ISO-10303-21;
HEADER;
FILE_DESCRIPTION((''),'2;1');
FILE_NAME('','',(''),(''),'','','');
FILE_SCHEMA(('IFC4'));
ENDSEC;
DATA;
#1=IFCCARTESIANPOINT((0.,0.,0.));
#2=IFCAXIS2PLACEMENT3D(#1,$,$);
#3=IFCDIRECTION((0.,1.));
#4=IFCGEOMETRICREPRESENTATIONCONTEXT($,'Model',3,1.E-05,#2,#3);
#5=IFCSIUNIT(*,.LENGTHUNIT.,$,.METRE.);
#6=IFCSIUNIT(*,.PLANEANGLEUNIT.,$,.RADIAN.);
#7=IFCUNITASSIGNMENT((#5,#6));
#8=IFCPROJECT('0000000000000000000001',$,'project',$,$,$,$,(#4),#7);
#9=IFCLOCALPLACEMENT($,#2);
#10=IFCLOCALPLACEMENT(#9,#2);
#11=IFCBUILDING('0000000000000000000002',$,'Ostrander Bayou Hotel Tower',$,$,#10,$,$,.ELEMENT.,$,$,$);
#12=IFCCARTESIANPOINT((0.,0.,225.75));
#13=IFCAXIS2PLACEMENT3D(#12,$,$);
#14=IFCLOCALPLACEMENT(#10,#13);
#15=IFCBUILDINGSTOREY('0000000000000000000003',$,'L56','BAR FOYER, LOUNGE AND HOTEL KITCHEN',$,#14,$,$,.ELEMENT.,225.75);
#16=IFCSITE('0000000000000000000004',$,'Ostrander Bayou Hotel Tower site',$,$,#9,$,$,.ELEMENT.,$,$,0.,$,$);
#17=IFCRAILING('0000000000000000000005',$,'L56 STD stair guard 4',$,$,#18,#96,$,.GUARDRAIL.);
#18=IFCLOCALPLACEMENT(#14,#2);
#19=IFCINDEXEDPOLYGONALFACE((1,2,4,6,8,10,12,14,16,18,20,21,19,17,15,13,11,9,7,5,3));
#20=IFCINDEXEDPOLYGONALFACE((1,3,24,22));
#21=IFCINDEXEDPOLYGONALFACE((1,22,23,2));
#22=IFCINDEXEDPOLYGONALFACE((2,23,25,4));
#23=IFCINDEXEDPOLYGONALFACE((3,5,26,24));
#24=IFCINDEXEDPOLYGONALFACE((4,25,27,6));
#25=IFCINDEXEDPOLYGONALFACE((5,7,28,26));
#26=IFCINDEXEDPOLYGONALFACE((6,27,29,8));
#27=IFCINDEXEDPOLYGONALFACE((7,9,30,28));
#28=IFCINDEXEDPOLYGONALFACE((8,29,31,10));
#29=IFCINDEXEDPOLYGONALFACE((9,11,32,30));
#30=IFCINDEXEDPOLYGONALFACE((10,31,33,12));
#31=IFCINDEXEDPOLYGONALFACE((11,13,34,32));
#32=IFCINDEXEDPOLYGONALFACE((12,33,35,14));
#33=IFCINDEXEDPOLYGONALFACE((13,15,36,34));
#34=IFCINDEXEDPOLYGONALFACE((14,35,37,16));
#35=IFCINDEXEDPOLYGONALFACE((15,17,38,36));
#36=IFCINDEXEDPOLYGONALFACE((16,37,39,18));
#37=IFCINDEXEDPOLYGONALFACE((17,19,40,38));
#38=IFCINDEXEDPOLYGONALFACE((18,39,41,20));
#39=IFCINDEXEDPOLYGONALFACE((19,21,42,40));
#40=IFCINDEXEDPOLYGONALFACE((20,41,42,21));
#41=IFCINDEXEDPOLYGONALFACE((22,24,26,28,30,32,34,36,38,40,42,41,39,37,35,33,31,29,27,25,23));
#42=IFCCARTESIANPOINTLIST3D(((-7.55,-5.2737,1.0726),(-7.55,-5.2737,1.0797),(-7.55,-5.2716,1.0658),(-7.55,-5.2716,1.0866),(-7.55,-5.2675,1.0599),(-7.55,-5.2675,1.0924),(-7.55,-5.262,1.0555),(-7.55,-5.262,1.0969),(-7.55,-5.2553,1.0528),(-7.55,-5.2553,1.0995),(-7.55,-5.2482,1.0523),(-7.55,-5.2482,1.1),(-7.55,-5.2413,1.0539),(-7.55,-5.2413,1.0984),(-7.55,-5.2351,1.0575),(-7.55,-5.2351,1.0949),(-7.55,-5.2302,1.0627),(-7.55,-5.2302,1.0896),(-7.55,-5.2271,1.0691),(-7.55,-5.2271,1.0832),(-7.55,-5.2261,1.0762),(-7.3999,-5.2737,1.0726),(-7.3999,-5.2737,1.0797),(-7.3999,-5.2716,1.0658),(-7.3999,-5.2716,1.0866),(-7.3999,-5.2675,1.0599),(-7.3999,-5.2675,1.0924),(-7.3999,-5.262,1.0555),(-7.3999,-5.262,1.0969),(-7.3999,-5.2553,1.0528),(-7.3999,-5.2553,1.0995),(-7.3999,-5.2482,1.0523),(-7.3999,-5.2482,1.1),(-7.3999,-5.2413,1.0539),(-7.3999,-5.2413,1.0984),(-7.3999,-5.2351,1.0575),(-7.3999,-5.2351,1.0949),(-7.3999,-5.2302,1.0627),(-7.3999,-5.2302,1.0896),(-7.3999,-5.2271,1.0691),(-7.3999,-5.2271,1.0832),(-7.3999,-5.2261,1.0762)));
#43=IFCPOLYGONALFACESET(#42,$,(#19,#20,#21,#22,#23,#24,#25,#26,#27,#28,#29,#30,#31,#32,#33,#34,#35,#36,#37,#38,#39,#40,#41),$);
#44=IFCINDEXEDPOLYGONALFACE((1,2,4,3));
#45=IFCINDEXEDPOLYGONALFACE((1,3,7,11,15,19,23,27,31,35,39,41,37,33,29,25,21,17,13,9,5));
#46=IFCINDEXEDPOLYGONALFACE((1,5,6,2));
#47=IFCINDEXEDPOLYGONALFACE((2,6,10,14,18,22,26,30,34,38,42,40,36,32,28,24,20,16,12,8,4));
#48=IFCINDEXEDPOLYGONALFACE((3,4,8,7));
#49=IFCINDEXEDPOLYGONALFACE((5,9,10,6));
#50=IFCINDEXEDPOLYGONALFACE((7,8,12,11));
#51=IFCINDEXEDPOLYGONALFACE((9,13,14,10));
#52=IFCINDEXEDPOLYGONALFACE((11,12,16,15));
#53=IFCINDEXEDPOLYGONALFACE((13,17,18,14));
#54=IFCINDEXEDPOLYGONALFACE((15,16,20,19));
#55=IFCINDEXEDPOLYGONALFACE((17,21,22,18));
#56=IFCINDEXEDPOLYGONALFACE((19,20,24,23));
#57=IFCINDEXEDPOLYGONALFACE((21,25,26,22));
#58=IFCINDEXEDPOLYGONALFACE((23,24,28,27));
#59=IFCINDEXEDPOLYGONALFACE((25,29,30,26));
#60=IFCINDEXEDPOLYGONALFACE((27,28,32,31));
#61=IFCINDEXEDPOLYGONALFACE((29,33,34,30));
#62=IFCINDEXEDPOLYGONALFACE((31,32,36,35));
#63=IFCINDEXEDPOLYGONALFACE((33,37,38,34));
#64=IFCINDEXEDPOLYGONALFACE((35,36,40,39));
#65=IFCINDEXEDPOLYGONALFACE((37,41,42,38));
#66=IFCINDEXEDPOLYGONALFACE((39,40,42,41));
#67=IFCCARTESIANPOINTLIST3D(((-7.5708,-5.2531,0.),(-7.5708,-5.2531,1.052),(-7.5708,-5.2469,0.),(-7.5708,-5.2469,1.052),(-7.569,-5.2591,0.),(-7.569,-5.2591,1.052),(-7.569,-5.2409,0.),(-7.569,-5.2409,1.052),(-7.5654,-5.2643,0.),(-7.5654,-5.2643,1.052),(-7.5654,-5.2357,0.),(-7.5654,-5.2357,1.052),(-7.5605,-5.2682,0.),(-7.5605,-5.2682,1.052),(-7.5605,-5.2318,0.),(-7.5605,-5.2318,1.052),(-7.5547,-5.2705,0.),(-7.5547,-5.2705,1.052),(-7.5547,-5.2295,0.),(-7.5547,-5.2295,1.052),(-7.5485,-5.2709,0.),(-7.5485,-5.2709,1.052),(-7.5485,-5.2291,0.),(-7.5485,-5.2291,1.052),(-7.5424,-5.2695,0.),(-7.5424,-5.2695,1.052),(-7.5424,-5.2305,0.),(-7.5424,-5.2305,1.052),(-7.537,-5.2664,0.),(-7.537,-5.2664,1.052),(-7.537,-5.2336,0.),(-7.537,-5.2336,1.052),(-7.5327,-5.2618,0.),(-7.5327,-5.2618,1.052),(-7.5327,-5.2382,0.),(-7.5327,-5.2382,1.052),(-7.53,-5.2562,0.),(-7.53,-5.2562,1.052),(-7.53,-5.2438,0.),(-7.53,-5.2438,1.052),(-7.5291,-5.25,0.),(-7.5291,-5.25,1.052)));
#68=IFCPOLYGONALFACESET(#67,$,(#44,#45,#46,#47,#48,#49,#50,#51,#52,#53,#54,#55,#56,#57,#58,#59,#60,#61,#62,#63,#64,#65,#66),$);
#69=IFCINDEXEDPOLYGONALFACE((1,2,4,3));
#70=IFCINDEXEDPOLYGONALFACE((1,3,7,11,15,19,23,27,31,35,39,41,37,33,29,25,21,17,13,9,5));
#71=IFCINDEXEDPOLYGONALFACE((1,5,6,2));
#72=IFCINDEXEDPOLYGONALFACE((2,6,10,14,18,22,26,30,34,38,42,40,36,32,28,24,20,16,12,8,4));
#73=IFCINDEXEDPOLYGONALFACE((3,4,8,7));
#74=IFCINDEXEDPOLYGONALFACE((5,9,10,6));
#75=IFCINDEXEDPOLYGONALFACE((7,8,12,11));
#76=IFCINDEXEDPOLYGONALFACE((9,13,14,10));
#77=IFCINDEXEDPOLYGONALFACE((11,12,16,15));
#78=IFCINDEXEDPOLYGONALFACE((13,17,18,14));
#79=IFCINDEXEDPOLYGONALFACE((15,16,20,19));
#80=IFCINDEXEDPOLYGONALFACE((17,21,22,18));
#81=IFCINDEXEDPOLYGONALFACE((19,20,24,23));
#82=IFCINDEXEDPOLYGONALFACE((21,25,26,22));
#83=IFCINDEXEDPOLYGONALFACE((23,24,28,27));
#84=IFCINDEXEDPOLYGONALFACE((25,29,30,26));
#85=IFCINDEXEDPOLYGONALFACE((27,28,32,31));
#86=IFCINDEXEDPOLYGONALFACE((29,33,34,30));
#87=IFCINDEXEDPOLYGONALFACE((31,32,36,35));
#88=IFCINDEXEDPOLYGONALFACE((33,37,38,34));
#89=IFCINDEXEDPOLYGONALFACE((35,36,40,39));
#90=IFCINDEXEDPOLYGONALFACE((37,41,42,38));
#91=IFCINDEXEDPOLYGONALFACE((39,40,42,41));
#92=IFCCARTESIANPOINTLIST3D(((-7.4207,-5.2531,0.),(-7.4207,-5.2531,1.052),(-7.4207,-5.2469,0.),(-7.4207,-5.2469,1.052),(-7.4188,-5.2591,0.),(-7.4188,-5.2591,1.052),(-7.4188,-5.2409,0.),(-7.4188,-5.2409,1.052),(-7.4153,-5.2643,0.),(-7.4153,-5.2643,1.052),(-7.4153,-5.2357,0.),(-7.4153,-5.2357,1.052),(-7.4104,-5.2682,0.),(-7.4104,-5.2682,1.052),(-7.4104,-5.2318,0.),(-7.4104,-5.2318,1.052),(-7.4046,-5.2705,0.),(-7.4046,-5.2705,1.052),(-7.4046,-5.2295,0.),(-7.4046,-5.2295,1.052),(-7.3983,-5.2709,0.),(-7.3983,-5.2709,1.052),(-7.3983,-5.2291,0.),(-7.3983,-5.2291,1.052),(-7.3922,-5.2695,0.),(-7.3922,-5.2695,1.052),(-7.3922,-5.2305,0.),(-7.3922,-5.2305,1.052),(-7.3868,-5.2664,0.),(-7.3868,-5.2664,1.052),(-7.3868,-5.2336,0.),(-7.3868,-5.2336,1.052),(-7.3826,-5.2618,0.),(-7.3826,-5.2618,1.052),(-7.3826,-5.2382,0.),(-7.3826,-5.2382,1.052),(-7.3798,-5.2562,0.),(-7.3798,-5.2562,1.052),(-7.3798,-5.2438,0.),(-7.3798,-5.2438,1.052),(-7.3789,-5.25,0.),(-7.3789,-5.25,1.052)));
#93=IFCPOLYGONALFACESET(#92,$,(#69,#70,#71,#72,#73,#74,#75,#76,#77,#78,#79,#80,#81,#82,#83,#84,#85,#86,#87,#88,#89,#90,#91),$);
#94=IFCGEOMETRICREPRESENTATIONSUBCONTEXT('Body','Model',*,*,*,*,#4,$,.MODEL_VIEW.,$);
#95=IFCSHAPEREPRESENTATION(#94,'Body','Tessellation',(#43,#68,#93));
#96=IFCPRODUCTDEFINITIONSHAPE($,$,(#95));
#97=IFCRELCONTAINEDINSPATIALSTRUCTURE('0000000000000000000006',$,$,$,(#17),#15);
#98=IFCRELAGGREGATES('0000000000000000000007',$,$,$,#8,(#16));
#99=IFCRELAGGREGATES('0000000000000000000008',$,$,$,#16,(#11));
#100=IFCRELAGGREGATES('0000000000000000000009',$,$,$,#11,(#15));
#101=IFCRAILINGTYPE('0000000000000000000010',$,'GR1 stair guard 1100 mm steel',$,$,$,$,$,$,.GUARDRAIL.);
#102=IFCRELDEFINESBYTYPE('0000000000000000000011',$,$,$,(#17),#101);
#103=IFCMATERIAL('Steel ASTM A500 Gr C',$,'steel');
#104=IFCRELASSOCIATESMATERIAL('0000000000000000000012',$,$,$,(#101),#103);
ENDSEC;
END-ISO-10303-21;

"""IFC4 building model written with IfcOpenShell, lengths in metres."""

from ifc_helpers import new_model, si_unit, direction, frame, origin, origin_2d, place, context, subcontext, project, spatial, circle, extrude, material, type_object, element, save


model = new_model("IFC4")

# Units and contexts
model_context = context("Model", 3, precision=1e-05, world=origin(), true_north=direction((0.0, 1.0)))
body_context = subcontext(model_context, "Body", "Model", "MODEL_VIEW")
ifc_project = project(units=[si_unit("LENGTHUNIT", "METRE"), si_unit("PLANEANGLEUNIT", "RADIAN")], contexts=[model_context])

# Site, building, storey
site_placement = place(None, origin())
site = spatial("IfcSite", under=ifc_project, at=site_placement, Name="Ostrander Bayou Hotel Tower site", CompositionType="ELEMENT", RefElevation=0.0)
building_placement = place(site_placement, origin())
building = spatial("IfcBuilding", under=site, at=building_placement, Name="Ostrander Bayou Hotel Tower", CompositionType="ELEMENT")
storey_placement = place(building_placement, frame((0.0, 0.0, 225.75)))
storey = spatial("IfcBuildingStorey", under=building, at=storey_placement, Name="L56", Description="BAR FOYER, LOUNGE AND HOTEL KITCHEN", CompositionType="ELEMENT", Elevation=225.75)

# Railing
ifc_material_1 = material(Name="Steel ASTM A500 Gr C", Category="steel")
railing_type_1 = type_object("IfcRailingType", Name="GR1 stair guard 1100 mm steel", PredefinedType="GUARDRAIL", material=ifc_material_1)
railing_1_placement = place(storey_placement, frame((-7.55, -5.25, 0.0)))
element("IfcRailing", 1, at=railing_1_placement, inside=storey, type_object=railing_type_1, Name="L56 STD stair guard 4", PredefinedType="GUARDRAIL", context=body_context, shape_type="SweptSolid", body=[
    extrude(circle(Radius=0.0239, at=origin_2d()), frame((0.0, 0.0, 1.0762), z_axis=(1.0, 0.0, 0.0), x_axis=(0.0, 1.0, 0.0)), (0.0, 0.0, 1.0), 0.1501),
    extrude(circle(Radius=0.021, at=origin_2d()), origin(), (0.0, 0.0, 1.0), 1.052),
    extrude(circle(Radius=0.021, at=origin_2d()), frame((0.1501, 0.0, 0.0)), (0.0, 0.0, 1.0), 1.052),
])

save(model, "model.ifc")
